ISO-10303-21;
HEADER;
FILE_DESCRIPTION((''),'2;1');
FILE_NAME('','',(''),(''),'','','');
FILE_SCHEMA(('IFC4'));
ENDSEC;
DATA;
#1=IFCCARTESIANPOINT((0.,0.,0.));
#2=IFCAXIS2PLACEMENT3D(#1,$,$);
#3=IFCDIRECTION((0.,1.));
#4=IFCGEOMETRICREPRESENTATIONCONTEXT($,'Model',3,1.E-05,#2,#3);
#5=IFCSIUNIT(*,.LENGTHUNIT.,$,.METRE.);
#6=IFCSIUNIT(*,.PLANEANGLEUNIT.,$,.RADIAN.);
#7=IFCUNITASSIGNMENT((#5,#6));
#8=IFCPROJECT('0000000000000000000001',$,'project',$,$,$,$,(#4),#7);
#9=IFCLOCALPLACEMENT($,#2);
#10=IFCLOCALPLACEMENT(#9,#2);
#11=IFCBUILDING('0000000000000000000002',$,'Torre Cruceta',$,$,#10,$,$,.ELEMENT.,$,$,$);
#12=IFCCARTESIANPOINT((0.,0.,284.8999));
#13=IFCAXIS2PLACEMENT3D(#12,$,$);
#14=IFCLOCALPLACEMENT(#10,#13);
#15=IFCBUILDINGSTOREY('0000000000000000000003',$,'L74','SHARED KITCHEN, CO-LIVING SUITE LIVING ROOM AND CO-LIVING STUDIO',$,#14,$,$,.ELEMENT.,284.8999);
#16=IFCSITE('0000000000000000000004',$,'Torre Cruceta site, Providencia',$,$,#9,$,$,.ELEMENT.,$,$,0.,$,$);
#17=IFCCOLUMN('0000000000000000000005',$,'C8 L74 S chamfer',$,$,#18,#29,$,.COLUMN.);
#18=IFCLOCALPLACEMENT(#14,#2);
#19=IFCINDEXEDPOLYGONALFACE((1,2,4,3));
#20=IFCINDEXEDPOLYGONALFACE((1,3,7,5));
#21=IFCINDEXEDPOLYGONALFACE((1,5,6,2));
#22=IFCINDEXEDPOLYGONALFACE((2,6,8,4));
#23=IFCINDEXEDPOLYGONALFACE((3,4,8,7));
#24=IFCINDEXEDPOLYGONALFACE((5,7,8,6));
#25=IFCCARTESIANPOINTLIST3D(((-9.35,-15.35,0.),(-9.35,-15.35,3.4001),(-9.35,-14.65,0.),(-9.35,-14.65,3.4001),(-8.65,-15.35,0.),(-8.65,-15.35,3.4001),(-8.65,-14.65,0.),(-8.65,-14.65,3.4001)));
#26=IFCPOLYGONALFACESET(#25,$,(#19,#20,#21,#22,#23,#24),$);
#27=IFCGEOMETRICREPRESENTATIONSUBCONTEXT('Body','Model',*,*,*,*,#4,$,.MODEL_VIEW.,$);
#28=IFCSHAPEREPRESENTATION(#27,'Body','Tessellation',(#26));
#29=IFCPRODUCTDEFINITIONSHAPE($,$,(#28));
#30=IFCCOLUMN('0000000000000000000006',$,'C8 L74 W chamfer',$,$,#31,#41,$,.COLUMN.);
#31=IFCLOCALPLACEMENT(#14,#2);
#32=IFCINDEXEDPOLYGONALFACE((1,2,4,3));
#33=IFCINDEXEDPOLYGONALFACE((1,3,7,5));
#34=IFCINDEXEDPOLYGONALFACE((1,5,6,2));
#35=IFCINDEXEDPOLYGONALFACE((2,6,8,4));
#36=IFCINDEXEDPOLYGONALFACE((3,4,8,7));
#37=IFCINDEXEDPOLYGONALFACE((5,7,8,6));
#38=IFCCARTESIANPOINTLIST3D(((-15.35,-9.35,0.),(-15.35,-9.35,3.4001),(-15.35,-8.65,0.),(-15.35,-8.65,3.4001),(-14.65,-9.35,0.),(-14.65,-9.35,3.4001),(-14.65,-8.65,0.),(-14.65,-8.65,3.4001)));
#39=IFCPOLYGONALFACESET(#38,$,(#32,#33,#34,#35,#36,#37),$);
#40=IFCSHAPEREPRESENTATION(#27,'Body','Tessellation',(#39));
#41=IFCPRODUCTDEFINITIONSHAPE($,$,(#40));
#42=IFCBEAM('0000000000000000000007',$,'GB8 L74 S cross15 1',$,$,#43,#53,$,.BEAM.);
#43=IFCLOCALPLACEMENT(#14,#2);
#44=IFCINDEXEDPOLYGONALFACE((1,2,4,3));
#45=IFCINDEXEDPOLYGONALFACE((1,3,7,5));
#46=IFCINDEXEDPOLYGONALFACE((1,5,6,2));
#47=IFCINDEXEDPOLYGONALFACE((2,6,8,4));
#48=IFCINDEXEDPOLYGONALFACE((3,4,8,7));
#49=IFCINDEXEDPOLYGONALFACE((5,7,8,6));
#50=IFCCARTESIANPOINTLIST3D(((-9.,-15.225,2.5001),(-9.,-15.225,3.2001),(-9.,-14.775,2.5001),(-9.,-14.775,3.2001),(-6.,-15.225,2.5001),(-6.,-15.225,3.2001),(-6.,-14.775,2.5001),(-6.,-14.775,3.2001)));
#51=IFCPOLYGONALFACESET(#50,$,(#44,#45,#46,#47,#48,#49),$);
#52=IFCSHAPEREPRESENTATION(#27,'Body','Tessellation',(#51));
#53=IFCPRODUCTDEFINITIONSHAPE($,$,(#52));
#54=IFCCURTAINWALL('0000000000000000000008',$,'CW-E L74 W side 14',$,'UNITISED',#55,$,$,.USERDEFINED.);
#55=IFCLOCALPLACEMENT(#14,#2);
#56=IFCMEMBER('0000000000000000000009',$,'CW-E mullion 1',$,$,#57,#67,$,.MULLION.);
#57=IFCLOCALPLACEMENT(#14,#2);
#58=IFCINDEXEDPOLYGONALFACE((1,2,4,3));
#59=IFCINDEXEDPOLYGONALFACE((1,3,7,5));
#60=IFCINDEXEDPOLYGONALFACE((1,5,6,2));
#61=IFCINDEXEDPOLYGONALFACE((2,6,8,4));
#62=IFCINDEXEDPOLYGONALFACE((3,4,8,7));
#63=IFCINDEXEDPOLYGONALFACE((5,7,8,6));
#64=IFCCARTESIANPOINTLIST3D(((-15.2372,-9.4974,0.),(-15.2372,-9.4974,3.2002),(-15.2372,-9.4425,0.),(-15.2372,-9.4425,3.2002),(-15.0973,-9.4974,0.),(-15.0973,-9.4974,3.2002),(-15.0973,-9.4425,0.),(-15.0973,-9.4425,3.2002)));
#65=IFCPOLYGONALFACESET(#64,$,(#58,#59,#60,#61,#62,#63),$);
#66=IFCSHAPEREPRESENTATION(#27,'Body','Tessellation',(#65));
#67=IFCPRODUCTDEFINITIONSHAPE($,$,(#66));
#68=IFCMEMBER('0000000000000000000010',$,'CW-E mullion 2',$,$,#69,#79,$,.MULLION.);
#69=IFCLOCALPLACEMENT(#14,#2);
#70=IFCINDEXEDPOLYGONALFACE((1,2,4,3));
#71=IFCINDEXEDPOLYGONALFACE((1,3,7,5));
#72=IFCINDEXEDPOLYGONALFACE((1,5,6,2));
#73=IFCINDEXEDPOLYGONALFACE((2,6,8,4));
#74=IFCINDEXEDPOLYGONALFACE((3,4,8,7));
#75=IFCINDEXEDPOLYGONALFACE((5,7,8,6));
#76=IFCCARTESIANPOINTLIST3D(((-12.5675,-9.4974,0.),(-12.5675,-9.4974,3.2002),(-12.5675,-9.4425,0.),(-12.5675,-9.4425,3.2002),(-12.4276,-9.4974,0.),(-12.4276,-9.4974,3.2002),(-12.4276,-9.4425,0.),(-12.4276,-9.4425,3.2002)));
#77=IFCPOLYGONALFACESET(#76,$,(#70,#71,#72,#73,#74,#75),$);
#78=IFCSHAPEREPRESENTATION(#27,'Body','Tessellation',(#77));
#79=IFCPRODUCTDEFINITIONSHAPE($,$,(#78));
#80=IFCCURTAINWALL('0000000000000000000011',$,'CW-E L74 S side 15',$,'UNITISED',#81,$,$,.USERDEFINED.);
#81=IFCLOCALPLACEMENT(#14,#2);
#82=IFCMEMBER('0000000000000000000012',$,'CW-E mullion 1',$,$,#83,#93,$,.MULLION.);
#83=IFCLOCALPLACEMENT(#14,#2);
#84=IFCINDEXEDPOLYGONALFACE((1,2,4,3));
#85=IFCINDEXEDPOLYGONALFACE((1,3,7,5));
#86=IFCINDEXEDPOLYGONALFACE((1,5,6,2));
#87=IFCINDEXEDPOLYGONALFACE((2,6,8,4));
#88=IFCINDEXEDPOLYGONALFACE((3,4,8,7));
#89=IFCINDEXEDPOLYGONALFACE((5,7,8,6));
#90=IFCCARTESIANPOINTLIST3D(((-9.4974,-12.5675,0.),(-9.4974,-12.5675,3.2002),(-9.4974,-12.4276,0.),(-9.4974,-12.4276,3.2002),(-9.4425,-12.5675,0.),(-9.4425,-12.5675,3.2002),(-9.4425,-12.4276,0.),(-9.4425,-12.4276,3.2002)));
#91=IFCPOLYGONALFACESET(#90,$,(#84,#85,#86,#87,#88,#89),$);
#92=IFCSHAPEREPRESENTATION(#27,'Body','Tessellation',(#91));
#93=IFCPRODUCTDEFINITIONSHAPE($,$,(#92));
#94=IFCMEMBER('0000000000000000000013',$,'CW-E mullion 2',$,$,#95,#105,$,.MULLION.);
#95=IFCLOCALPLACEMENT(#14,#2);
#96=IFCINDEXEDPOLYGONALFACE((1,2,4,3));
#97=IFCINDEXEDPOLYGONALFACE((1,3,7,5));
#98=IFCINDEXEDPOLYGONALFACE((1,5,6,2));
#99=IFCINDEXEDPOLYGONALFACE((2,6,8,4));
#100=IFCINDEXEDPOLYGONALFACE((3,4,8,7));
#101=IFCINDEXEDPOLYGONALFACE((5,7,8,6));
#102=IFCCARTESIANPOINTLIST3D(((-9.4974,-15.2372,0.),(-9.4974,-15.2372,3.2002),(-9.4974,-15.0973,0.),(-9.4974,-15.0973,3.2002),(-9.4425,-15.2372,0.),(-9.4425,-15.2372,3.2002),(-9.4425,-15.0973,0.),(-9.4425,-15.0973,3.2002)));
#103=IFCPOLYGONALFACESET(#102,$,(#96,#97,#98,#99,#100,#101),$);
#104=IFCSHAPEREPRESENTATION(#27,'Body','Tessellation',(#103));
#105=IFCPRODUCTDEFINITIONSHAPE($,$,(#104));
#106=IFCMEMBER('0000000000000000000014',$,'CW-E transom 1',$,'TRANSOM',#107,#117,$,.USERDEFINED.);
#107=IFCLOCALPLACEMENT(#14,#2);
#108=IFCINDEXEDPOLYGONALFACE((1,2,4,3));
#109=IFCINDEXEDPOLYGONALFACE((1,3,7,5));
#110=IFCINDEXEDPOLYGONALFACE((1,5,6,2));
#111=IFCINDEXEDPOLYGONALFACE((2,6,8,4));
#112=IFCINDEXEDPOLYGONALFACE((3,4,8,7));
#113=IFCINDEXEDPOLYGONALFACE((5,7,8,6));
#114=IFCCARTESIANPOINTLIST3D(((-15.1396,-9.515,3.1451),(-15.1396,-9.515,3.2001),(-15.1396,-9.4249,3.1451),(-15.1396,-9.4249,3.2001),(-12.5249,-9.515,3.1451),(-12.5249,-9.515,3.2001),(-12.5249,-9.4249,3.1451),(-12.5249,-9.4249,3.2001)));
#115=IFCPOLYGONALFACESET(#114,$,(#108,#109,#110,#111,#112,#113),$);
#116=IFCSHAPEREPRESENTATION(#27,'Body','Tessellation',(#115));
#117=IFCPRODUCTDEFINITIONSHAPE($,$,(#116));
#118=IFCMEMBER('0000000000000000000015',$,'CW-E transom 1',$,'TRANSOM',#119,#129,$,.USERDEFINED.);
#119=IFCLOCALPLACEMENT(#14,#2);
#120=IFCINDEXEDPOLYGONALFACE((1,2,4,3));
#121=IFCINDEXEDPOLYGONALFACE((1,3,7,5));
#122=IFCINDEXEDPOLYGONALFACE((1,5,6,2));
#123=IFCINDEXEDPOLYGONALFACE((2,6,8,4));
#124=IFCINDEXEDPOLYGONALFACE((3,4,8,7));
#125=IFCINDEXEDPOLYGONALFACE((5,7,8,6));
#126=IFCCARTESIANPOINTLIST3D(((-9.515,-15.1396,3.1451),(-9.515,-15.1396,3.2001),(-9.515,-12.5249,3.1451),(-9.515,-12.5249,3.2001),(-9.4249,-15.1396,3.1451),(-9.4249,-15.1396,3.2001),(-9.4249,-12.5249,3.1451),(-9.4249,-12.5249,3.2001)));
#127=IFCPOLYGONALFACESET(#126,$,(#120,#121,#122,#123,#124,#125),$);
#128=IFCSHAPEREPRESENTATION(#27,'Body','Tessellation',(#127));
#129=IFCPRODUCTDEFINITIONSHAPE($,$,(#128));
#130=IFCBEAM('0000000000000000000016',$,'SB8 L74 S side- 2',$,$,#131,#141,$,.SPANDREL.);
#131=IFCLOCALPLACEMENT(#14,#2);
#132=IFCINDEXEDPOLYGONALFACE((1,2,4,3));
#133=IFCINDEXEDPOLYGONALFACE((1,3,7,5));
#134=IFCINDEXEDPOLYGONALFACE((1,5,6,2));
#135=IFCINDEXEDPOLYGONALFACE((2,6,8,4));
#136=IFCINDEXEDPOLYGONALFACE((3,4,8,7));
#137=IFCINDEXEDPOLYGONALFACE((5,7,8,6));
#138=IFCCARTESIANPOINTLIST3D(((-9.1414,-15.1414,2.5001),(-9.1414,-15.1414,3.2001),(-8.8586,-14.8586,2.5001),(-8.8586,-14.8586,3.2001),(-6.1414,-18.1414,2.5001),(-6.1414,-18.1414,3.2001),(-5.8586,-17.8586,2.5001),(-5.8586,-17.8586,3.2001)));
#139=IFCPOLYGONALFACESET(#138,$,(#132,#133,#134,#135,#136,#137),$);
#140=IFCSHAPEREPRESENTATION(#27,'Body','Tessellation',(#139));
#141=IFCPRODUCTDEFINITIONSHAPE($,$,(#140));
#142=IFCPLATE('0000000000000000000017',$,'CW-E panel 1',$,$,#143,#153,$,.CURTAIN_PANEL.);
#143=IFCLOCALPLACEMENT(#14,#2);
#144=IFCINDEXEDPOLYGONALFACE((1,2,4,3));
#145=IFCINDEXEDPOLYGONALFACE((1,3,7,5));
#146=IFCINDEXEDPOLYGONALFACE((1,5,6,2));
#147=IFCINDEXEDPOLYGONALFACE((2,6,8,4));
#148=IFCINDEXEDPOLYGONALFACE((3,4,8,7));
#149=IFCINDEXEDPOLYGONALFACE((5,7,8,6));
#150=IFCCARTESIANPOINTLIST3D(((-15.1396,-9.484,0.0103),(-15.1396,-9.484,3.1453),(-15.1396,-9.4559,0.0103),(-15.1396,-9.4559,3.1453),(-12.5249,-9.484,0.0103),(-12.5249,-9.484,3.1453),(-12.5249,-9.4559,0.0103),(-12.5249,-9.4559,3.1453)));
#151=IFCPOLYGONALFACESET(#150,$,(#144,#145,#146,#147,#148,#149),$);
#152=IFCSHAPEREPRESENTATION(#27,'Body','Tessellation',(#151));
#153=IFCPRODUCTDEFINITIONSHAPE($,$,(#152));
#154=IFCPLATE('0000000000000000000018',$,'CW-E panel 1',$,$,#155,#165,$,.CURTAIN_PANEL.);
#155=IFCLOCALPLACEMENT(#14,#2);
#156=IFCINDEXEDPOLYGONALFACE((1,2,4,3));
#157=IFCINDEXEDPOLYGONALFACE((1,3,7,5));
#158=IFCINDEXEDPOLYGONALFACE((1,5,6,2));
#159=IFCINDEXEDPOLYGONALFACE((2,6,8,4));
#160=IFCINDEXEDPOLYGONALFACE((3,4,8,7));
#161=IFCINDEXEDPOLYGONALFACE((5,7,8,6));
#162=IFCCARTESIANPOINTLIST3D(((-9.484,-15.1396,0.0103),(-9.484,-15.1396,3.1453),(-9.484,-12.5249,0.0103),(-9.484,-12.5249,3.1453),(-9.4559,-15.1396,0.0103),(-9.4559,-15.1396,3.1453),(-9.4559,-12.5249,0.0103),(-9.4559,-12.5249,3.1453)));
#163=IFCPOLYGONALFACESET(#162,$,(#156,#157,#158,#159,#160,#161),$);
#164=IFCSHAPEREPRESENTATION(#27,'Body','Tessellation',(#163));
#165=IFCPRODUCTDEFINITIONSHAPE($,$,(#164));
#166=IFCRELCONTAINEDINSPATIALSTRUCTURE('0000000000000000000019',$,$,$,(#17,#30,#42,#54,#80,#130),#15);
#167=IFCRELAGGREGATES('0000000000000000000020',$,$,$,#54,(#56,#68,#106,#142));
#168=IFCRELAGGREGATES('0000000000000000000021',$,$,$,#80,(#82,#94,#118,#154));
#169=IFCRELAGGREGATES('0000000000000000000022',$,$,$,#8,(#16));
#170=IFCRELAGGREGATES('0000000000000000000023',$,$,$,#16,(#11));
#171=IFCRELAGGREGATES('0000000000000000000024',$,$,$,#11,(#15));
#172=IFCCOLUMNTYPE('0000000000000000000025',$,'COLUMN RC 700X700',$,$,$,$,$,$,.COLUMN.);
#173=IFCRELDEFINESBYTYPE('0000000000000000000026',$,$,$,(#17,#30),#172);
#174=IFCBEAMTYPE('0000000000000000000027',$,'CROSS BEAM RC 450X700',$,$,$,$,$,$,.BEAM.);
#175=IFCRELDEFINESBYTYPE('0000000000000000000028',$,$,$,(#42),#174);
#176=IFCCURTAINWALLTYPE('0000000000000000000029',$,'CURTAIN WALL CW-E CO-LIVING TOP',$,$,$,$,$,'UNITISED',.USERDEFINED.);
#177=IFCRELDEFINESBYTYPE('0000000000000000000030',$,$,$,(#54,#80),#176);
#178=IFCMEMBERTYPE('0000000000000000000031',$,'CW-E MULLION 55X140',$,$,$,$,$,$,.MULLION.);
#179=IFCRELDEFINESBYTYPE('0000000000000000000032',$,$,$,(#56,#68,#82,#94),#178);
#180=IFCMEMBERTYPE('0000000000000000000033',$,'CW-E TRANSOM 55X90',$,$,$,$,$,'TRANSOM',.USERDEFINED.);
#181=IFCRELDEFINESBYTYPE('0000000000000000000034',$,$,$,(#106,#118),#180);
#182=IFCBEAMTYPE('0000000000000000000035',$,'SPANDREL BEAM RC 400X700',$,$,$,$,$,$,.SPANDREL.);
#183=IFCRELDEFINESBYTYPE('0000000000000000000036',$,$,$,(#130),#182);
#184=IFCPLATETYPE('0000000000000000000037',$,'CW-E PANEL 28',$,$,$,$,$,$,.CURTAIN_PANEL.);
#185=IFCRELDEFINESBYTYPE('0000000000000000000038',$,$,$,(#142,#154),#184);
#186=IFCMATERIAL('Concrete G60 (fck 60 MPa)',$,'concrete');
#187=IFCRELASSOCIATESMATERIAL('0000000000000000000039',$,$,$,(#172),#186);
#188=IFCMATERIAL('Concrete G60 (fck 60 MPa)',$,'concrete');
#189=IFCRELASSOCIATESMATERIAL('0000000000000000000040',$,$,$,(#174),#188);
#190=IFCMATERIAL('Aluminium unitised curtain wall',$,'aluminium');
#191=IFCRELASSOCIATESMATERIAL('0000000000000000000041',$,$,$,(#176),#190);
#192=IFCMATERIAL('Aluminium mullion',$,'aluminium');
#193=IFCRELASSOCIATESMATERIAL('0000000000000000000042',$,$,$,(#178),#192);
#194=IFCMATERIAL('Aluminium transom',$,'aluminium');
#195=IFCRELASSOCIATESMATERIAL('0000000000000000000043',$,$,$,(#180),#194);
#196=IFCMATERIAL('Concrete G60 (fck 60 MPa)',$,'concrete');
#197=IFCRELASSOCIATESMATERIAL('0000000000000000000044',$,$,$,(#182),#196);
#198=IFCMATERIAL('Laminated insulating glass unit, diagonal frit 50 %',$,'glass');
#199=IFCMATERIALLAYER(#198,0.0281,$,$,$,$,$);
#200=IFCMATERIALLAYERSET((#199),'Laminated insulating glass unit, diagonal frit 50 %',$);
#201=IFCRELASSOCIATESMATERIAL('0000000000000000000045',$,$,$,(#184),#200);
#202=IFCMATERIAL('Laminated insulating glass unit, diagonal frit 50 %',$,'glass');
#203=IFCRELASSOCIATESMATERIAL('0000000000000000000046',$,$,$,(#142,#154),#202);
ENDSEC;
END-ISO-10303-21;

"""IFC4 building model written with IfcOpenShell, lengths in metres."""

from ifc_helpers import new_model, si_unit, direction, frame, origin, origin_2d, place, context, subcontext, project, spatial, rectangle, extrude, material, layer, layer_set, material_profile, profile_set, type_object, element, aggregate, save


model = new_model("IFC4")

# Units and contexts
model_context = context("Model", 3, precision=1e-05, world=origin(), true_north=direction((0.0, 1.0)))
body_context = subcontext(model_context, "Body", "Model", "MODEL_VIEW")
ifc_project = project(units=[si_unit("LENGTHUNIT", "METRE"), si_unit("PLANEANGLEUNIT", "RADIAN")], contexts=[model_context])

# Site, building, storey
site_placement = place(None, origin())
site = spatial("IfcSite", under=ifc_project, at=site_placement, Name="Torre Cruceta site, Providencia", CompositionType="ELEMENT", RefElevation=0.0)
building_placement = place(site_placement, origin())
building = spatial("IfcBuilding", under=site, at=building_placement, Name="Torre Cruceta", CompositionType="ELEMENT")
storey_placement = place(building_placement, frame((0.0, 0.0, 284.8999)))
storey = spatial("IfcBuildingStorey", under=building, at=storey_placement, Name="L74", Description="SHARED KITCHEN, CO-LIVING SUITE LIVING ROOM AND CO-LIVING STUDIO", CompositionType="ELEMENT", Elevation=284.8999)

# Columns
ifc_material_1 = material(Name="Concrete G60 (fck 60 MPa)", Category="concrete")
ifc_material_profile_1 = material_profile(ifc_material_1, rectangle(XDim=0.7, YDim=0.7, at=origin_2d()), Name="RC 700X700")
ifc_profile_set_1 = profile_set([ifc_material_profile_1], Name="Concrete G60 (fck 60 MPa)")
column_type = type_object("IfcColumnType", Name="COLUMN RC 700X700", PredefinedType="COLUMN", material=ifc_profile_set_1)
for number, where, z_axis, x_axis, name in (
    (1, (-9.0, -15.0, 0.0), (0.0, 0.0, 1.0), (1.0, 0.0, 0.0), "C8 L74 S chamfer"),
    (2, (-15.0, -9.0, 0.0), (0.0, 0.0, 1.0), (1.0, 0.0, 0.0), "C8 L74 W chamfer"),
):
    element("IfcColumn", number, at=place(storey_placement, frame(where, z_axis=z_axis, x_axis=x_axis)), inside=storey, type_object=column_type, Name=name, PredefinedType="COLUMN", context=body_context, shape_type="SweptSolid", body=[
        extrude(rectangle(XDim=0.7, YDim=0.7, at=origin_2d()), origin(), (0.0, 0.0, 1.0), 3.4001),
    ])

# Beam
ifc_material_2 = material(Name="Concrete G60 (fck 60 MPa)", Category="concrete")
ifc_material_profile_2 = material_profile(ifc_material_2, rectangle(XDim=0.45, YDim=0.7, at=origin_2d()), Name="RC 450X700")
ifc_profile_set_2 = profile_set([ifc_material_profile_2], Name="Concrete G60 (fck 60 MPa)")
beam_type_1 = type_object("IfcBeamType", Name="CROSS BEAM RC 450X700", PredefinedType="BEAM", material=ifc_profile_set_2)
beam_1_placement = place(storey_placement, frame((-9.0, -15.0, 2.8501), z_axis=(1.0, 0.0, 0.0), x_axis=(0.0, 1.0, 0.0)))
element("IfcBeam", 3, at=beam_1_placement, inside=storey, type_object=beam_type_1, Name="GB8 L74 S cross15 1", PredefinedType="BEAM", context=body_context, shape_type="SweptSolid", body=[
    extrude(rectangle(XDim=0.45, YDim=0.7, at=origin_2d()), origin(), (0.0, 0.0, 1.0), 3.0),
])

# Curtain walls, members
ifc_material_3 = material(Name="Aluminium unitised curtain wall", Category="aluminium")
curtain_wall_type = type_object("IfcCurtainWallType", Name="CURTAIN WALL CW-E CO-LIVING TOP", ElementType="UNITISED", PredefinedType="USERDEFINED", material=ifc_material_3)
curtain_wall_1_placement = place(storey_placement, origin())
curtain_wall_1 = element("IfcCurtainWall", 4, at=curtain_wall_1_placement, inside=storey, type_object=curtain_wall_type, Name="CW-E L74 W side 14", ObjectType="UNITISED", PredefinedType="USERDEFINED")
ifc_material_4 = material(Name="Aluminium mullion", Category="aluminium")
ifc_material_profile_3 = material_profile(ifc_material_4, rectangle(XDim=0.0549, YDim=0.1399, at=origin_2d()), Name="AL 55X140")
ifc_profile_set_3 = profile_set([ifc_material_profile_3], Name="Aluminium mullion")
member_type_1 = type_object("IfcMemberType", Name="CW-E MULLION 55X140", PredefinedType="MULLION", material=ifc_profile_set_3)
member_1_placement = place(storey_placement, frame((-15.1672, -9.47, 0.0), z_axis=(0.0, 0.0, 1.0), x_axis=(0.0, 1.0, 0.0)))
member_1 = element("IfcMember", 5, at=member_1_placement, type_object=member_type_1, Name="CW-E mullion 1", PredefinedType="MULLION", context=body_context, shape_type="SweptSolid", body=[
    extrude(rectangle(XDim=0.0549, YDim=0.1399, at=origin_2d()), origin(), (0.0, 0.0, 1.0), 3.2002),
])
member_2_placement = place(storey_placement, frame((-12.4976, -9.47, 0.0), z_axis=(0.0, 0.0, 1.0), x_axis=(0.0, 1.0, 0.0)))
member_2 = element("IfcMember", 6, at=member_2_placement, type_object=member_type_1, Name="CW-E mullion 2", PredefinedType="MULLION", context=body_context, shape_type="SweptSolid", body=[
    extrude(rectangle(XDim=0.0549, YDim=0.1399, at=origin_2d()), origin(), (0.0, 0.0, 1.0), 3.2002),
])
curtain_wall_2_placement = place(storey_placement, origin())
curtain_wall_2 = element("IfcCurtainWall", 7, at=curtain_wall_2_placement, inside=storey, type_object=curtain_wall_type, Name="CW-E L74 S side 15", ObjectType="UNITISED", PredefinedType="USERDEFINED")
member_3_placement = place(storey_placement, frame((-9.47, -12.4976, 0.0), z_axis=(0.0, 0.0, 1.0), x_axis=(1.0, 0.0, 0.0)))
member_3 = element("IfcMember", 8, at=member_3_placement, type_object=member_type_1, Name="CW-E mullion 1", PredefinedType="MULLION", context=body_context, shape_type="SweptSolid", body=[
    extrude(rectangle(XDim=0.0549, YDim=0.1399, at=origin_2d()), origin(), (0.0, 0.0, 1.0), 3.2002),
])
member_4_placement = place(storey_placement, frame((-9.47, -15.1672, 0.0), z_axis=(0.0, 0.0, 1.0), x_axis=(1.0, 0.0, 0.0)))
member_4 = element("IfcMember", 9, at=member_4_placement, type_object=member_type_1, Name="CW-E mullion 2", PredefinedType="MULLION", context=body_context, shape_type="SweptSolid", body=[
    extrude(rectangle(XDim=0.0549, YDim=0.1399, at=origin_2d()), origin(), (0.0, 0.0, 1.0), 3.2002),
])

# Members
ifc_material_5 = material(Name="Aluminium transom", Category="aluminium")
ifc_material_profile_4 = material_profile(ifc_material_5, rectangle(XDim=0.0901, YDim=0.0549, at=origin_2d()), Name="AL 90X55")
ifc_profile_set_4 = profile_set([ifc_material_profile_4], Name="Aluminium transom")
member_type_2 = type_object("IfcMemberType", Name="CW-E TRANSOM 55X90", ElementType="TRANSOM", PredefinedType="USERDEFINED", material=ifc_profile_set_4)
member_5_placement = place(storey_placement, frame((-15.1396, -9.47, 3.1726), z_axis=(1.0, 0.0, 0.0), x_axis=(0.0, 1.0, 0.0)))
member_5 = element("IfcMember", 10, at=member_5_placement, type_object=member_type_2, Name="CW-E transom 1", ObjectType="TRANSOM", PredefinedType="USERDEFINED", context=body_context, shape_type="SweptSolid", body=[
    extrude(rectangle(XDim=0.0901, YDim=0.0549, at=origin_2d()), origin(), (0.0, 0.0, 1.0), 2.6147),
])
member_6_placement = place(storey_placement, frame((-9.47, -12.5249, 3.1726), z_axis=(0.0, -1.0, 0.0), x_axis=(1.0, 0.0, 0.0)))
member_6 = element("IfcMember", 11, at=member_6_placement, type_object=member_type_2, Name="CW-E transom 1", ObjectType="TRANSOM", PredefinedType="USERDEFINED", context=body_context, shape_type="SweptSolid", body=[
    extrude(rectangle(XDim=0.0901, YDim=0.0549, at=origin_2d()), origin(), (0.0, 0.0, 1.0), 2.6147),
])

# Beam
ifc_material_6 = material(Name="Concrete G60 (fck 60 MPa)", Category="concrete")
ifc_material_profile_5 = material_profile(ifc_material_6, rectangle(XDim=0.3999, YDim=0.7, at=origin_2d()), Name="RC 400X700")
ifc_profile_set_5 = profile_set([ifc_material_profile_5], Name="Concrete G60 (fck 60 MPa)")
beam_type_2 = type_object("IfcBeamType", Name="SPANDREL BEAM RC 400X700", PredefinedType="SPANDREL", material=ifc_profile_set_5)
beam_2_placement = place(storey_placement, frame((-9.0, -15.0, 2.8501), z_axis=(0.707107, -0.707107, 0.0), x_axis=(0.707107, 0.707107, 0.0)))
element("IfcBeam", 12, at=beam_2_placement, inside=storey, type_object=beam_type_2, Name="SB8 L74 S side- 2", PredefinedType="SPANDREL", context=body_context, shape_type="SweptSolid", body=[
    extrude(rectangle(XDim=0.3999, YDim=0.7, at=origin_2d()), origin(), (0.0, 0.0, 1.0), 4.2427),
])

# Plates
ifc_material_7 = material(Name="Laminated insulating glass unit, diagonal frit 50 %", Category="glass")
ifc_material_8 = material(Name="Laminated insulating glass unit, diagonal frit 50 %", Category="glass")
ifc_layer_1 = layer(ifc_material_8, 0.0281)
ifc_layer_set_1 = layer_set([ifc_layer_1], Name="Laminated insulating glass unit, diagonal frit 50 %")
plate_type = type_object("IfcPlateType", Name="CW-E PANEL 28", PredefinedType="CURTAIN_PANEL", material=ifc_layer_set_1)
plate_1_placement = place(storey_placement, frame((-13.8323, -9.47, 0.0103), z_axis=(0.0, 0.0, 1.0), x_axis=(1.0, 0.0, 0.0)))
plate_1 = element("IfcPlate", 13, at=plate_1_placement, type_object=plate_type, material=ifc_material_7, Name="CW-E panel 1", PredefinedType="CURTAIN_PANEL", context=body_context, shape_type="SweptSolid", body=[
    extrude(rectangle(XDim=2.6147, YDim=0.0281, at=origin_2d()), origin(), (0.0, 0.0, 1.0), 3.135),
])
aggregate(curtain_wall_1, [member_1, member_2, member_5, plate_1])
plate_2_placement = place(storey_placement, frame((-9.47, -13.8323, 0.0103), z_axis=(0.0, 0.0, 1.0), x_axis=(0.0, -1.0, 0.0)))
plate_2 = element("IfcPlate", 14, at=plate_2_placement, type_object=plate_type, material=ifc_material_7, Name="CW-E panel 1", PredefinedType="CURTAIN_PANEL", context=body_context, shape_type="SweptSolid", body=[
    extrude(rectangle(XDim=2.6147, YDim=0.0281, at=origin_2d()), origin(), (0.0, 0.0, 1.0), 3.135),
])
aggregate(curtain_wall_2, [member_3, member_4, member_6, plate_2])

save(model, "model.ifc")
